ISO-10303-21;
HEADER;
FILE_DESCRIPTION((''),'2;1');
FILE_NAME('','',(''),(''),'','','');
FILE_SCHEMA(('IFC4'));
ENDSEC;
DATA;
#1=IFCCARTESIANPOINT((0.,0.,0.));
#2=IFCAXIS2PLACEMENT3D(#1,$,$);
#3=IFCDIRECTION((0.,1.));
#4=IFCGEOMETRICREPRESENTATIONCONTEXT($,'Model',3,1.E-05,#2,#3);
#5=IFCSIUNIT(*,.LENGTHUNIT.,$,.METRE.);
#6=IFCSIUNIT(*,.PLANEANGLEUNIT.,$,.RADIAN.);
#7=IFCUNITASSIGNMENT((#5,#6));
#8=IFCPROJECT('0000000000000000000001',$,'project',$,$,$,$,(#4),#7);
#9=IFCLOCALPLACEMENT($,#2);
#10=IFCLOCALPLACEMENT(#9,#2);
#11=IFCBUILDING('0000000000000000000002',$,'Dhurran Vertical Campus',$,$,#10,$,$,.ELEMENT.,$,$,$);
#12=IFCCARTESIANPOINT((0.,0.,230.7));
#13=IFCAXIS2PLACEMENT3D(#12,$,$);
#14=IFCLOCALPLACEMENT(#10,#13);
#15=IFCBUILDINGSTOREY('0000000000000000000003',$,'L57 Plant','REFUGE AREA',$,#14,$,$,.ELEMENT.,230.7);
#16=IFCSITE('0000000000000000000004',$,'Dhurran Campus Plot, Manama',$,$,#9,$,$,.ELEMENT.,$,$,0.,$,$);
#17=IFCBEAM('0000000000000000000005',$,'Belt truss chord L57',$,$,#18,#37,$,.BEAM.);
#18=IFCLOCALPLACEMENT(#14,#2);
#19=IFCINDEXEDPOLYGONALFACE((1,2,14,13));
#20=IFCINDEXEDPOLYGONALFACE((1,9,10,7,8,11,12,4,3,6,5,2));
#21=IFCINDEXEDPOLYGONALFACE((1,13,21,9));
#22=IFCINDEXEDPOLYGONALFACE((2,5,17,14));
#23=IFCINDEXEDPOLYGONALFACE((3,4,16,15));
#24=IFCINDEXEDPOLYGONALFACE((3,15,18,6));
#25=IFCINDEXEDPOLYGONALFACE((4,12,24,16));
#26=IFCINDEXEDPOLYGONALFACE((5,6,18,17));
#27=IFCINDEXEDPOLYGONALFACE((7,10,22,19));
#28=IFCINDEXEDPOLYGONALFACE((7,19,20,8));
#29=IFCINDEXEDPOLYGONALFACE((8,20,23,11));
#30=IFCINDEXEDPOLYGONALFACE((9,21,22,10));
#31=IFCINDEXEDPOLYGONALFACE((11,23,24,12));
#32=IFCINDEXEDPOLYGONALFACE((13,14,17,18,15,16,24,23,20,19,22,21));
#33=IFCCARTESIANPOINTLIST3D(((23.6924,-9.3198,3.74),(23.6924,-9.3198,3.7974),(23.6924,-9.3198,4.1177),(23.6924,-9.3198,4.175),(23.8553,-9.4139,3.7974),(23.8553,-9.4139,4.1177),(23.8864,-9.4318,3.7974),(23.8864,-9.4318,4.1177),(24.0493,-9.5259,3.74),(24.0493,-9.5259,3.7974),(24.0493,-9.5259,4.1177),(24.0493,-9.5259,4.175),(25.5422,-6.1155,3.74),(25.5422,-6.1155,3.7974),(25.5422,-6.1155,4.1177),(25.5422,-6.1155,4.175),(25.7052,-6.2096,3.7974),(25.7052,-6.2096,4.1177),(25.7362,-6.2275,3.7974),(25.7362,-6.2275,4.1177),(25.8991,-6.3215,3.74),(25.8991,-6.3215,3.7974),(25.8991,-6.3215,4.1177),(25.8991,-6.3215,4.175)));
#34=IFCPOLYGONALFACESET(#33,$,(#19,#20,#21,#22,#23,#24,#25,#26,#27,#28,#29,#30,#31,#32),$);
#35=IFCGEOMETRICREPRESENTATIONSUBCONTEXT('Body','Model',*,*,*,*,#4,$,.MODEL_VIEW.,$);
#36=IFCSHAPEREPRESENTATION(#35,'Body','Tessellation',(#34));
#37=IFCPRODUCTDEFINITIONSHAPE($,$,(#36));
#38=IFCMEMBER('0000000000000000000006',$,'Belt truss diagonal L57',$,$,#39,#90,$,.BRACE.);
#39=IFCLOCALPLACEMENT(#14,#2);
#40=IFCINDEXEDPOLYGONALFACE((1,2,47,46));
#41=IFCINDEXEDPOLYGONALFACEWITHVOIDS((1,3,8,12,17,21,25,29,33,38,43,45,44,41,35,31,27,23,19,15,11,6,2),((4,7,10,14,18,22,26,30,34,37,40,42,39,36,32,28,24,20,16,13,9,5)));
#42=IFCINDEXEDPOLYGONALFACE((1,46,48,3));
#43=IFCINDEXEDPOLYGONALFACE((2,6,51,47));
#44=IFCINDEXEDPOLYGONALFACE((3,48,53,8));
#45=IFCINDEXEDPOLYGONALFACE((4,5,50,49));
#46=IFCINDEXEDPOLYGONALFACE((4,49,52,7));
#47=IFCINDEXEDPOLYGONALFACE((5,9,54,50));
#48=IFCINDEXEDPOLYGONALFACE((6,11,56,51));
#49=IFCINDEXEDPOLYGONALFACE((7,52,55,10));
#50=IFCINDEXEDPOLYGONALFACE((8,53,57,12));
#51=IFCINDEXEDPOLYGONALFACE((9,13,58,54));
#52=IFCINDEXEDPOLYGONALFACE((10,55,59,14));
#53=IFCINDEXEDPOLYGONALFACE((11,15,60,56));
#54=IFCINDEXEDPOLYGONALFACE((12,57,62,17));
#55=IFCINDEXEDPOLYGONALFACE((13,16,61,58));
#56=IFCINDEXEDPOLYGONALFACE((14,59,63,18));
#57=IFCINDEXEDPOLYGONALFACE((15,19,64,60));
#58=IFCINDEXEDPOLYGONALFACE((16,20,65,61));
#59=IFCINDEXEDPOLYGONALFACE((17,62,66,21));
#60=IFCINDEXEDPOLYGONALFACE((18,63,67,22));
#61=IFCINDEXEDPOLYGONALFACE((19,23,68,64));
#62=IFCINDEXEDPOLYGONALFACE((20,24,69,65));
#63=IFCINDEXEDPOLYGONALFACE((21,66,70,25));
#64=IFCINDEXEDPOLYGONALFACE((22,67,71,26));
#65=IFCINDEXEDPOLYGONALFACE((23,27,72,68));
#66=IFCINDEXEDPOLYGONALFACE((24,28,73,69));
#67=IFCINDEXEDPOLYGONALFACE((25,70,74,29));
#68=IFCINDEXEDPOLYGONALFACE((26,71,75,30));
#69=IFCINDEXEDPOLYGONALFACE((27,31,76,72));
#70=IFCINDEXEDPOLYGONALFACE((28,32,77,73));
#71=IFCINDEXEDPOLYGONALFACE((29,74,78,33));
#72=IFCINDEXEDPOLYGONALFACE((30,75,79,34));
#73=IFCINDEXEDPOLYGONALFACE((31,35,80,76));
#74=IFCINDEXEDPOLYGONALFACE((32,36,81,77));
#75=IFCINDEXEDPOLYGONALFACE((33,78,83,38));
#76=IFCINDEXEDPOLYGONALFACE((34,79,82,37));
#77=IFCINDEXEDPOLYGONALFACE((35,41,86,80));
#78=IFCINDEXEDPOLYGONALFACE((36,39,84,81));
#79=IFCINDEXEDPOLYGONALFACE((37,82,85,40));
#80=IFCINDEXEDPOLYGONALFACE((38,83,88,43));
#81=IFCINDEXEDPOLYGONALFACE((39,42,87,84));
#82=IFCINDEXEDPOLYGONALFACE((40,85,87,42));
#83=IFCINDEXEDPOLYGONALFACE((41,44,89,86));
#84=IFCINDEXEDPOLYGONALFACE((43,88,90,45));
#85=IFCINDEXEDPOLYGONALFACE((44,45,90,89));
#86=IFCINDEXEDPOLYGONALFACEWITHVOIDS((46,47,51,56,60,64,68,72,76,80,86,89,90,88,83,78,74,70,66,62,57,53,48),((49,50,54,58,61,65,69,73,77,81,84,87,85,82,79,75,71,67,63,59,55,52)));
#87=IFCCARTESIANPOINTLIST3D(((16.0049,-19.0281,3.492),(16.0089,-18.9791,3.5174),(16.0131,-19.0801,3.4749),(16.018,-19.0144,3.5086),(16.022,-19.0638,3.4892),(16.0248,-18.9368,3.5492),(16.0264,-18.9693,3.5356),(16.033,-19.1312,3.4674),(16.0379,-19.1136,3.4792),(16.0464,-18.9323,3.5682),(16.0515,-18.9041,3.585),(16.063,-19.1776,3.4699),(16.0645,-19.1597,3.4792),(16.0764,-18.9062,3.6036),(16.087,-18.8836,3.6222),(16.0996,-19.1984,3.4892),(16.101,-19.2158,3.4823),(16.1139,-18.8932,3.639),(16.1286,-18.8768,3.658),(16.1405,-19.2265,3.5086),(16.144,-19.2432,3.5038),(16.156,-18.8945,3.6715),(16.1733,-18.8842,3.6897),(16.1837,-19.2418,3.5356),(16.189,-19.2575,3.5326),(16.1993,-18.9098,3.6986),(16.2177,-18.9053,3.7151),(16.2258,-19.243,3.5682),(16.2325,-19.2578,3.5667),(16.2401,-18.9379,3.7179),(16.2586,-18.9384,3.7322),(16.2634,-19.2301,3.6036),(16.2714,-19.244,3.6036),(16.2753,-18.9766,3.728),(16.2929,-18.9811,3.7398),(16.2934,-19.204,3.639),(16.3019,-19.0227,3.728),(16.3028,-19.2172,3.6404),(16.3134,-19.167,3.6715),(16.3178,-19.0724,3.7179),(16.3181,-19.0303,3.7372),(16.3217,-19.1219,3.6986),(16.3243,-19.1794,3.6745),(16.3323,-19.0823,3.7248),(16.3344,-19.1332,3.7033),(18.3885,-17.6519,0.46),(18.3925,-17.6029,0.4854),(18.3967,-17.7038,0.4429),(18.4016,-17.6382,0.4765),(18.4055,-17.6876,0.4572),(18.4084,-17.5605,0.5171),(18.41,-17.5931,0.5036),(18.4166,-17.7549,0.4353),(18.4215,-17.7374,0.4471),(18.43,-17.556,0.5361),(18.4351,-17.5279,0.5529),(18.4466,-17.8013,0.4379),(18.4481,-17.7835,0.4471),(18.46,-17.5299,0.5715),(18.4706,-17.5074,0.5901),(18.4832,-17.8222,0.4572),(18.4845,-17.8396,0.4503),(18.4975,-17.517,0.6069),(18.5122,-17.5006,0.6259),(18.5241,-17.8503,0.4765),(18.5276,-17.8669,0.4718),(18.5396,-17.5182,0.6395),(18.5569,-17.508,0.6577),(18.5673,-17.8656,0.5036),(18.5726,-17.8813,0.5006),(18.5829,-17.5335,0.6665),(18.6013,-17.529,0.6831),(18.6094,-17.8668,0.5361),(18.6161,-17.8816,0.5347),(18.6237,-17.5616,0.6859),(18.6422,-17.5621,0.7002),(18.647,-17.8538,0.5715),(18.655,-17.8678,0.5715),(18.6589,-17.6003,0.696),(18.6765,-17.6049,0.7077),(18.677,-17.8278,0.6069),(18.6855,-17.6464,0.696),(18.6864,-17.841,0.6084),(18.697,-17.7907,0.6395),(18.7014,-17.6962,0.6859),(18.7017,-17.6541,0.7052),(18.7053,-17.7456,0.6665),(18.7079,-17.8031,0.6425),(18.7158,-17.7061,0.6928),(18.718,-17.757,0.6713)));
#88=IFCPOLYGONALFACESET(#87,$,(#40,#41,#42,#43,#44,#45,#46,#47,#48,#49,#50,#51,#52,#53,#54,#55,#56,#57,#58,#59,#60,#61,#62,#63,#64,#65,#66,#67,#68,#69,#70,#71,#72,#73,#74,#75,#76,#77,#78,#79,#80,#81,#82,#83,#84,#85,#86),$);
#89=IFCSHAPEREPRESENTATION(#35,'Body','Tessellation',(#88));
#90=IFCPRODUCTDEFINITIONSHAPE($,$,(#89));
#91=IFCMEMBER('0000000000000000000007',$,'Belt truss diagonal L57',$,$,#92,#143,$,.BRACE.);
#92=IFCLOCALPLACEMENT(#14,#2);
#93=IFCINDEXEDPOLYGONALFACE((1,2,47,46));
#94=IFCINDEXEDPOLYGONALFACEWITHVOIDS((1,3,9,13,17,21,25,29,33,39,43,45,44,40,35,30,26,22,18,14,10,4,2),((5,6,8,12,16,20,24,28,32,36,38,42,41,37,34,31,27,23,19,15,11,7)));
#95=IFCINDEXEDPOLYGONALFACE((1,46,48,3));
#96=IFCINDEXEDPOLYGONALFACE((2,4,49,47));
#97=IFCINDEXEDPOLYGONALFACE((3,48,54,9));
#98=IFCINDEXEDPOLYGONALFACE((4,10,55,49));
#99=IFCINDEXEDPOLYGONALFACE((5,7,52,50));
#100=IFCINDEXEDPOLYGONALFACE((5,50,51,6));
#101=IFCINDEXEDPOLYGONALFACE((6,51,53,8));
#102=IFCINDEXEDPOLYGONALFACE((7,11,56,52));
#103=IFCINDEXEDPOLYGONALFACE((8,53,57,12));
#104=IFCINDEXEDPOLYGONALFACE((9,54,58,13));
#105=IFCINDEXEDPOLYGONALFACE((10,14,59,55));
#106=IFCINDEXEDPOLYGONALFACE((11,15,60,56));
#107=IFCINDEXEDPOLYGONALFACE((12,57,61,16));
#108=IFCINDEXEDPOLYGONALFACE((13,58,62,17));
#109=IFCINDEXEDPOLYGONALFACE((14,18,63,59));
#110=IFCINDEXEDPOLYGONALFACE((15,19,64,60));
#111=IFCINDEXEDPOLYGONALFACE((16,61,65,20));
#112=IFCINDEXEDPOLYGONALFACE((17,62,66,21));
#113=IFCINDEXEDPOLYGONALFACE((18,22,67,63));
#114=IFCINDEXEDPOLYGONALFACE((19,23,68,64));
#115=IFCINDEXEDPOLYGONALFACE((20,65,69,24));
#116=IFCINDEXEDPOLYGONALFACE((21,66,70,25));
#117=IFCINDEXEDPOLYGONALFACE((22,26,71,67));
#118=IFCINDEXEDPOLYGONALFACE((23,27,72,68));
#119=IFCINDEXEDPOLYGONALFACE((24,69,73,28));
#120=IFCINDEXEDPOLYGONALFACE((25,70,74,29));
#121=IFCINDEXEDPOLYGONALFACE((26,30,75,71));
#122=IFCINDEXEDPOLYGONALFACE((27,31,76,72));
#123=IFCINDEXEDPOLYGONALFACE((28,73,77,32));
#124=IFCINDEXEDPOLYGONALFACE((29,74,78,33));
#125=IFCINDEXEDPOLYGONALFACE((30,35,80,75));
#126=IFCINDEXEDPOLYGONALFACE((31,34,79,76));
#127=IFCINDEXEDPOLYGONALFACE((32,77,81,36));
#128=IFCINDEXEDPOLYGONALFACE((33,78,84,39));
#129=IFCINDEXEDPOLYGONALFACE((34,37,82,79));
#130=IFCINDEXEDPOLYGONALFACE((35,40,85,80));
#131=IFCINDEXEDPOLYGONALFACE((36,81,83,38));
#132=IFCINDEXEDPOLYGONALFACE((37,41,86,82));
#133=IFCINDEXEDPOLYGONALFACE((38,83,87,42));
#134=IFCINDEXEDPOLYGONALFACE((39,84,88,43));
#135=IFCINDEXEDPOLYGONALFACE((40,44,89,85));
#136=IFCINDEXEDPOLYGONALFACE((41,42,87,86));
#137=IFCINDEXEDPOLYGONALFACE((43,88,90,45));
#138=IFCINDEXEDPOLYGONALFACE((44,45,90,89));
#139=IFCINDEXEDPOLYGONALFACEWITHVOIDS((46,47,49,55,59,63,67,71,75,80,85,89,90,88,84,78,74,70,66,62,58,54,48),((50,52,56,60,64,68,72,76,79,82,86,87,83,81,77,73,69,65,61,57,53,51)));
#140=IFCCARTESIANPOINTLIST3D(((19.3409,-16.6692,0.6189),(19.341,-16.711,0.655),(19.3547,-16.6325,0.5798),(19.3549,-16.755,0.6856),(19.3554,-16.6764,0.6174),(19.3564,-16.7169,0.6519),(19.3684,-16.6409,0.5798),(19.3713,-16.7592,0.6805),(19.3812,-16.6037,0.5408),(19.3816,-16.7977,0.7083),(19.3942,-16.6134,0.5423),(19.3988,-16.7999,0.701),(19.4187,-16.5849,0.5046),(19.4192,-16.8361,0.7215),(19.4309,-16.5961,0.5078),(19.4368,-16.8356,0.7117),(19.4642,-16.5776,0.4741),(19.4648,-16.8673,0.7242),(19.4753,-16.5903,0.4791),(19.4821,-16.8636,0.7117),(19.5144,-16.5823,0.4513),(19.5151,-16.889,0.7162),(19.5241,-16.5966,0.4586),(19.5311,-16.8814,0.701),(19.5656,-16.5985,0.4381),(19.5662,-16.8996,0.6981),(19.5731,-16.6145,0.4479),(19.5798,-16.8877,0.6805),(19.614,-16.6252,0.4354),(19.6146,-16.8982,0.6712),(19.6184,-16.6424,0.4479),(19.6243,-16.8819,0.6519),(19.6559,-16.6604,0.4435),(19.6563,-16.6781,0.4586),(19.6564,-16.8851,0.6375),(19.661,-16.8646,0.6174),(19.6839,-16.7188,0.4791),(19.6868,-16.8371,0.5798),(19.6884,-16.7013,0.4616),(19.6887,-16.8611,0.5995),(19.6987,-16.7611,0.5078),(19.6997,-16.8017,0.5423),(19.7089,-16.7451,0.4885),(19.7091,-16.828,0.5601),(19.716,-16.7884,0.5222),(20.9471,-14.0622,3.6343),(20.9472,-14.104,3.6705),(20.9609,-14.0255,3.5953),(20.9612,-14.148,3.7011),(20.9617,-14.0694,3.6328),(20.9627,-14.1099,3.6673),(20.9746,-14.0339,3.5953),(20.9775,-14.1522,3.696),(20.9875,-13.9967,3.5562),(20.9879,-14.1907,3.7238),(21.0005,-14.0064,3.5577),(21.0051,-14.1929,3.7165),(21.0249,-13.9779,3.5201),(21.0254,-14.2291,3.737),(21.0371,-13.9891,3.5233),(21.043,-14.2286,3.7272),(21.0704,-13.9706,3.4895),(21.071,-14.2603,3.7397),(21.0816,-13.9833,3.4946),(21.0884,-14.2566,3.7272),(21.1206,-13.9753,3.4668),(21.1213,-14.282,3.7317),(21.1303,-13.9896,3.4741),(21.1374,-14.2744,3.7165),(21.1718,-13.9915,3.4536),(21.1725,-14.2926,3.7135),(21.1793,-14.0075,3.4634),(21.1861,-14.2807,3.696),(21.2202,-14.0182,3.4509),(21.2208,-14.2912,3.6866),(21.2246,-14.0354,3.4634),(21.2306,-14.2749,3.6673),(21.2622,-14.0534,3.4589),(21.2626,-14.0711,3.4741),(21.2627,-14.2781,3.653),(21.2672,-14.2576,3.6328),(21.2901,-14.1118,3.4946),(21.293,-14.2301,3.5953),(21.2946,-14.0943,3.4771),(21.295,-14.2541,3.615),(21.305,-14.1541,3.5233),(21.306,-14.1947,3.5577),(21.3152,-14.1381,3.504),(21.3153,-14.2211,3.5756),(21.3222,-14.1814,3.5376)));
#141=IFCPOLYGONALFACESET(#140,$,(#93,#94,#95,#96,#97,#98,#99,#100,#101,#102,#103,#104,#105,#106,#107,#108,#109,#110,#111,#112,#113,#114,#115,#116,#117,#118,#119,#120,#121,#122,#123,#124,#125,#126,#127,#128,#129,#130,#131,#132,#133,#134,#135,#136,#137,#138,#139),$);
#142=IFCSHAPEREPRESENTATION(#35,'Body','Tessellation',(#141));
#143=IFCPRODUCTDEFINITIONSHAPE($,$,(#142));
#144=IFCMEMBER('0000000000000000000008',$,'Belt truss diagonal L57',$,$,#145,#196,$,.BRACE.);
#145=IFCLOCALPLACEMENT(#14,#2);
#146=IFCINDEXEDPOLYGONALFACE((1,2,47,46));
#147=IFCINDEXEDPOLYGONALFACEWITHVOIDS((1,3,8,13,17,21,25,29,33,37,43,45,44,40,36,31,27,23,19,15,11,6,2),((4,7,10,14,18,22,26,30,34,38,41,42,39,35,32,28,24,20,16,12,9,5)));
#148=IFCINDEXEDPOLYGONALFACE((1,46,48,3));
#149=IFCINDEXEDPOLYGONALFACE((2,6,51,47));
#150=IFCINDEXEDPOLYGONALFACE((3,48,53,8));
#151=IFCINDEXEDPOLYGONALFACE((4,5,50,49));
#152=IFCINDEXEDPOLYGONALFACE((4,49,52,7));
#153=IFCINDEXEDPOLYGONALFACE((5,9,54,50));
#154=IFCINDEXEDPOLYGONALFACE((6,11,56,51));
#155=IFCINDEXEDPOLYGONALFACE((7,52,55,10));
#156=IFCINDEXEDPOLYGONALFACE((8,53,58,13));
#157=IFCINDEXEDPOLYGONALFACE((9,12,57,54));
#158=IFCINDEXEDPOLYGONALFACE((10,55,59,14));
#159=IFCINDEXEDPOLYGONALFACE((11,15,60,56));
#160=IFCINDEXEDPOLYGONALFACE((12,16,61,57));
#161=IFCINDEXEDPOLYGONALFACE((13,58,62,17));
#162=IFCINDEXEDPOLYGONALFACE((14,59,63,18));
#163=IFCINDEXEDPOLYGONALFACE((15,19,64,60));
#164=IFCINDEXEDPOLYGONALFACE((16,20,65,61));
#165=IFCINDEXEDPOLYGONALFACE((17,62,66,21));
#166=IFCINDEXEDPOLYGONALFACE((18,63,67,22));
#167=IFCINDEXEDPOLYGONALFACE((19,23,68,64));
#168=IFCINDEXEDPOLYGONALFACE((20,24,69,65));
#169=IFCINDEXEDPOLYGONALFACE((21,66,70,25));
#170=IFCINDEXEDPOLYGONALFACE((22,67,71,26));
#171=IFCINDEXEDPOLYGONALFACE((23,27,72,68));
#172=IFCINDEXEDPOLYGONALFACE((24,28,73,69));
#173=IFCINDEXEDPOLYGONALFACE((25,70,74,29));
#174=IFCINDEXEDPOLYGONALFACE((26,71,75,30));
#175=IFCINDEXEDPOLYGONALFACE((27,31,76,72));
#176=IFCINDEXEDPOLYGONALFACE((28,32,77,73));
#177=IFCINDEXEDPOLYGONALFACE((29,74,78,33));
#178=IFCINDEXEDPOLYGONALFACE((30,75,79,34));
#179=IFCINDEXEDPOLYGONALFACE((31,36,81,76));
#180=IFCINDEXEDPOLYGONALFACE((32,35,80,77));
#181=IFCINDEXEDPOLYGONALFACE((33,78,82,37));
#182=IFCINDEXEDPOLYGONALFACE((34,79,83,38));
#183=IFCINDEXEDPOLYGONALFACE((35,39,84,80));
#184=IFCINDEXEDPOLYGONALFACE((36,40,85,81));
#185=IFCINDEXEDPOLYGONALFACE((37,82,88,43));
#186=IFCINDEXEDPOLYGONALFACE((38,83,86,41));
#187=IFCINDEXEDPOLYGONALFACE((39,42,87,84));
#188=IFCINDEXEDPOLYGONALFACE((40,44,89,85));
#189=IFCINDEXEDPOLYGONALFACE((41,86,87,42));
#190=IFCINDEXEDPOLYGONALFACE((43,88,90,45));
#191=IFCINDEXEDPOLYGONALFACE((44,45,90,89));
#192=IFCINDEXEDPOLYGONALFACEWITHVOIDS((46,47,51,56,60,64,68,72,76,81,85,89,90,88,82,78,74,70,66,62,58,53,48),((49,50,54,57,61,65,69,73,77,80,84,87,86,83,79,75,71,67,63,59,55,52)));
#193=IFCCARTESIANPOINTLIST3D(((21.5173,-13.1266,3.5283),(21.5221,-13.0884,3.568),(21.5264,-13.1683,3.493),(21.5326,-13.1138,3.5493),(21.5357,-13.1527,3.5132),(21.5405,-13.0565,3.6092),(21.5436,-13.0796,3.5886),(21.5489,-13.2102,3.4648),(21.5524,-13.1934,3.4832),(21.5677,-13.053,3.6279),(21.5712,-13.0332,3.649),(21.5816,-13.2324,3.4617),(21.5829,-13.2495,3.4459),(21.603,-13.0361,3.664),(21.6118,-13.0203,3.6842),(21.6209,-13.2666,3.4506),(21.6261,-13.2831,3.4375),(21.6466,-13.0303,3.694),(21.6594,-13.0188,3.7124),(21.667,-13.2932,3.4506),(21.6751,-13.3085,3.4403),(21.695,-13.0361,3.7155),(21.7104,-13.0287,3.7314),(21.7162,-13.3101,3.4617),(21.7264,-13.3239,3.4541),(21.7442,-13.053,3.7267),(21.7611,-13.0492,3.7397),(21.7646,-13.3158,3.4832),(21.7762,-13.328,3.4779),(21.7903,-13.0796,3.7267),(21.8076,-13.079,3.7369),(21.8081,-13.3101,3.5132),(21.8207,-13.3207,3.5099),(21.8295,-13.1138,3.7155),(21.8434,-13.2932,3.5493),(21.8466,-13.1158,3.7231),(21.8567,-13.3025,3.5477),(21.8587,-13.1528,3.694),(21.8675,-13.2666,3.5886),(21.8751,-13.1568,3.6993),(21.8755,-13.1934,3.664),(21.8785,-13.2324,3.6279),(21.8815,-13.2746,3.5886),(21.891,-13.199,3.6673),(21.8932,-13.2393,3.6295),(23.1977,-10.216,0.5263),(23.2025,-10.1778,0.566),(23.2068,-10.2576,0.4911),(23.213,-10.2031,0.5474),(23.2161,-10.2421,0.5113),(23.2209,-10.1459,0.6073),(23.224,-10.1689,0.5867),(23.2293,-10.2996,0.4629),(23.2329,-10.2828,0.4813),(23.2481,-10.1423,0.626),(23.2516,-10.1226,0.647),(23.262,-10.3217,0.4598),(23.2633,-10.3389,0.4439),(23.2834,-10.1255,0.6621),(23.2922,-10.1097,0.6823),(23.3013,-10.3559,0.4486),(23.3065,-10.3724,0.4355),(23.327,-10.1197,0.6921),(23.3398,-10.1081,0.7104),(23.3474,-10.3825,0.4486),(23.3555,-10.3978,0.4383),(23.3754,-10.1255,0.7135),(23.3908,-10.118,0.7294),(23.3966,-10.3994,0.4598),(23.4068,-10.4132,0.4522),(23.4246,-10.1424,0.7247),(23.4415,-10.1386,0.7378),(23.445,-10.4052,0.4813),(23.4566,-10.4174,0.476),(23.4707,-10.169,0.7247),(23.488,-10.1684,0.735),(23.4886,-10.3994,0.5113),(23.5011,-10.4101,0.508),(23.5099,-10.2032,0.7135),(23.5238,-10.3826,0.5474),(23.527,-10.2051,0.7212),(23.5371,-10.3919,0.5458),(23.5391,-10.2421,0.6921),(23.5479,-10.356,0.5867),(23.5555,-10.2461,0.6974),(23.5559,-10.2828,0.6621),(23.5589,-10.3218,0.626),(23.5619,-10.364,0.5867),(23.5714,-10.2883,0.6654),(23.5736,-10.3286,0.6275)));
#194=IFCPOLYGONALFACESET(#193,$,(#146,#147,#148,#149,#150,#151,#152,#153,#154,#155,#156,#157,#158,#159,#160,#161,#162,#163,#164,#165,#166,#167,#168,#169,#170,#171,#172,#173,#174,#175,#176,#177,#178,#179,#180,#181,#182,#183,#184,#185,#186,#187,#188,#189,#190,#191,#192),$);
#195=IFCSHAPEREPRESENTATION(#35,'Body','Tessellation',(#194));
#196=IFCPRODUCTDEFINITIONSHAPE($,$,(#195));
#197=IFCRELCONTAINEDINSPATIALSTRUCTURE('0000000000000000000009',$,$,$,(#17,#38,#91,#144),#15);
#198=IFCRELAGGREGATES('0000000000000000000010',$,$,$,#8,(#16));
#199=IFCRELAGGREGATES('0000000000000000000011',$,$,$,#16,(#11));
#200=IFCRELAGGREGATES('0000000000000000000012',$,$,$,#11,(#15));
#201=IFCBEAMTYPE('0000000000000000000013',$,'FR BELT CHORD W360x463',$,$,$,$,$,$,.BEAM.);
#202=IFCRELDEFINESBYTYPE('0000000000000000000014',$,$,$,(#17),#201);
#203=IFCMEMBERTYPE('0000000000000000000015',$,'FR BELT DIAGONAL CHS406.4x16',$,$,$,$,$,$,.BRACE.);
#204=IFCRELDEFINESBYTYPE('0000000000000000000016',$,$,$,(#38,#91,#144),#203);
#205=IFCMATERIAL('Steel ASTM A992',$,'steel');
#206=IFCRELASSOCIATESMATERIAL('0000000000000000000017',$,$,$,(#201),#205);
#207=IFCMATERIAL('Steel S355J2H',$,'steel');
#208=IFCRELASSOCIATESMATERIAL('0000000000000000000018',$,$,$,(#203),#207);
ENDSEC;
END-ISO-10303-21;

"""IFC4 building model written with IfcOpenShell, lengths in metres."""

from ifc_helpers import new_model, si_unit, direction, frame, origin, origin_2d, place, context, subcontext, project, spatial, hollow_circle, i_section, extrude, material, material_profile, profile_set, type_object, element, save


model = new_model("IFC4")

# Units and contexts
model_context = context("Model", 3, precision=1e-05, world=origin(), true_north=direction((0.0, 1.0)))
body_context = subcontext(model_context, "Body", "Model", "MODEL_VIEW")
ifc_project = project(units=[si_unit("LENGTHUNIT", "METRE"), si_unit("PLANEANGLEUNIT", "RADIAN")], contexts=[model_context])

# Site, building, storey
site_placement = place(None, origin())
site = spatial("IfcSite", under=ifc_project, at=site_placement, Name="Dhurran Campus Plot, Manama", CompositionType="ELEMENT", RefElevation=0.0)
building_placement = place(site_placement, origin())
building = spatial("IfcBuilding", under=site, at=building_placement, Name="Dhurran Vertical Campus", CompositionType="ELEMENT")
storey_placement = place(building_placement, frame((0.0, 0.0, 230.7)))
storey = spatial("IfcBuildingStorey", under=building, at=storey_placement, Name="L57 Plant", Description="REFUGE AREA", CompositionType="ELEMENT", Elevation=230.7)

# Beam
ifc_material_1 = material(Name="Steel ASTM A992", Category="steel")
ifc_material_profile_1 = material_profile(ifc_material_1, i_section(OverallWidth=0.4121, OverallDepth=0.4351, WebThickness=0.0359, FlangeThickness=0.0574, at=origin_2d()), Name="W360x463")
ifc_profile_set_1 = profile_set([ifc_material_profile_1], Name="Steel ASTM A992")
beam_type = type_object("IfcBeamType", Name="FR BELT CHORD W360x463", PredefinedType="BEAM", material=ifc_profile_set_1)
for number, where, z_axis, x_axis, name in (
    (1, (23.8708, -9.4229, 3.9575), (0.499964, 0.866046, 0.0), (-0.866046, 0.499964, 0.0), "Belt truss chord L57"),
):
    element("IfcBeam", number, at=place(storey_placement, frame(where, z_axis=z_axis, x_axis=x_axis)), inside=storey, type_object=beam_type, Name=name, PredefinedType="BEAM", context=body_context, shape_type="SweptSolid", body=[
        extrude(i_section(OverallWidth=0.4121, OverallDepth=0.4351, WebThickness=0.0359, FlangeThickness=0.0574, at=origin_2d()), origin(), (0.0, 0.0, 1.0), 3.7),
    ])

# Members
ifc_material_2 = material(Name="Steel S355J2H", Category="steel")
ifc_material_profile_2 = material_profile(ifc_material_2, hollow_circle(Radius=0.2031, WallThickness=0.0161, at=origin_2d()), Name="CHS406.4x16")
ifc_profile_set_2 = profile_set([ifc_material_profile_2], Name="Steel S355J2H")
member_type = type_object("IfcMemberType", Name="FR BELT DIAGONAL CHS406.4x16", PredefinedType="BRACE", material=ifc_profile_set_2)
member_1_placement = place(storey_placement, frame((18.5535, -17.6919, 0.5715), z_axis=(-0.582077, -0.336082, 0.740429), x_axis=(0.500022, -0.866013, 0.0)))
element("IfcMember", 2, at=member_1_placement, inside=storey, type_object=member_type, Name="Belt truss diagonal L57", PredefinedType="BRACE", context=body_context, shape_type="SweptSolid", body=[
    extrude(hollow_circle(Radius=0.2031, WallThickness=0.0161, at=origin_2d()), origin(), (0.0, 0.0, 1.0), 4.095),
])
member_2_placement = place(storey_placement, frame((19.5276, -16.739, 0.5798), z_axis=(0.373752, 0.606616, 0.701659), x_axis=(-0.851376, 0.524556, 0.0)))
element("IfcMember", 3, at=member_2_placement, inside=storey, type_object=member_type, Name="Belt truss diagonal L57", PredefinedType="BRACE", context=body_context, shape_type="SweptSolid", body=[
    extrude(hollow_circle(Radius=0.2031, WallThickness=0.0161, at=origin_2d()), origin(), (0.0, 0.0, 1.0), 4.2976),
])
member_3_placement = place(storey_placement, frame((23.386, -10.2625, 0.5867), z_axis=(-0.372899, -0.645895, 0.666157), x_axis=(0.866031, -0.499991, 0.0)))
element("IfcMember", 4, at=member_3_placement, inside=storey, type_object=member_type, Name="Belt truss diagonal L57", PredefinedType="BRACE", context=body_context, shape_type="SweptSolid", body=[
    extrude(hollow_circle(Radius=0.2031, WallThickness=0.0161, at=origin_2d()), origin(), (0.0, 0.0, 1.0), 4.5063),
])

save(model, "model.ifc")
